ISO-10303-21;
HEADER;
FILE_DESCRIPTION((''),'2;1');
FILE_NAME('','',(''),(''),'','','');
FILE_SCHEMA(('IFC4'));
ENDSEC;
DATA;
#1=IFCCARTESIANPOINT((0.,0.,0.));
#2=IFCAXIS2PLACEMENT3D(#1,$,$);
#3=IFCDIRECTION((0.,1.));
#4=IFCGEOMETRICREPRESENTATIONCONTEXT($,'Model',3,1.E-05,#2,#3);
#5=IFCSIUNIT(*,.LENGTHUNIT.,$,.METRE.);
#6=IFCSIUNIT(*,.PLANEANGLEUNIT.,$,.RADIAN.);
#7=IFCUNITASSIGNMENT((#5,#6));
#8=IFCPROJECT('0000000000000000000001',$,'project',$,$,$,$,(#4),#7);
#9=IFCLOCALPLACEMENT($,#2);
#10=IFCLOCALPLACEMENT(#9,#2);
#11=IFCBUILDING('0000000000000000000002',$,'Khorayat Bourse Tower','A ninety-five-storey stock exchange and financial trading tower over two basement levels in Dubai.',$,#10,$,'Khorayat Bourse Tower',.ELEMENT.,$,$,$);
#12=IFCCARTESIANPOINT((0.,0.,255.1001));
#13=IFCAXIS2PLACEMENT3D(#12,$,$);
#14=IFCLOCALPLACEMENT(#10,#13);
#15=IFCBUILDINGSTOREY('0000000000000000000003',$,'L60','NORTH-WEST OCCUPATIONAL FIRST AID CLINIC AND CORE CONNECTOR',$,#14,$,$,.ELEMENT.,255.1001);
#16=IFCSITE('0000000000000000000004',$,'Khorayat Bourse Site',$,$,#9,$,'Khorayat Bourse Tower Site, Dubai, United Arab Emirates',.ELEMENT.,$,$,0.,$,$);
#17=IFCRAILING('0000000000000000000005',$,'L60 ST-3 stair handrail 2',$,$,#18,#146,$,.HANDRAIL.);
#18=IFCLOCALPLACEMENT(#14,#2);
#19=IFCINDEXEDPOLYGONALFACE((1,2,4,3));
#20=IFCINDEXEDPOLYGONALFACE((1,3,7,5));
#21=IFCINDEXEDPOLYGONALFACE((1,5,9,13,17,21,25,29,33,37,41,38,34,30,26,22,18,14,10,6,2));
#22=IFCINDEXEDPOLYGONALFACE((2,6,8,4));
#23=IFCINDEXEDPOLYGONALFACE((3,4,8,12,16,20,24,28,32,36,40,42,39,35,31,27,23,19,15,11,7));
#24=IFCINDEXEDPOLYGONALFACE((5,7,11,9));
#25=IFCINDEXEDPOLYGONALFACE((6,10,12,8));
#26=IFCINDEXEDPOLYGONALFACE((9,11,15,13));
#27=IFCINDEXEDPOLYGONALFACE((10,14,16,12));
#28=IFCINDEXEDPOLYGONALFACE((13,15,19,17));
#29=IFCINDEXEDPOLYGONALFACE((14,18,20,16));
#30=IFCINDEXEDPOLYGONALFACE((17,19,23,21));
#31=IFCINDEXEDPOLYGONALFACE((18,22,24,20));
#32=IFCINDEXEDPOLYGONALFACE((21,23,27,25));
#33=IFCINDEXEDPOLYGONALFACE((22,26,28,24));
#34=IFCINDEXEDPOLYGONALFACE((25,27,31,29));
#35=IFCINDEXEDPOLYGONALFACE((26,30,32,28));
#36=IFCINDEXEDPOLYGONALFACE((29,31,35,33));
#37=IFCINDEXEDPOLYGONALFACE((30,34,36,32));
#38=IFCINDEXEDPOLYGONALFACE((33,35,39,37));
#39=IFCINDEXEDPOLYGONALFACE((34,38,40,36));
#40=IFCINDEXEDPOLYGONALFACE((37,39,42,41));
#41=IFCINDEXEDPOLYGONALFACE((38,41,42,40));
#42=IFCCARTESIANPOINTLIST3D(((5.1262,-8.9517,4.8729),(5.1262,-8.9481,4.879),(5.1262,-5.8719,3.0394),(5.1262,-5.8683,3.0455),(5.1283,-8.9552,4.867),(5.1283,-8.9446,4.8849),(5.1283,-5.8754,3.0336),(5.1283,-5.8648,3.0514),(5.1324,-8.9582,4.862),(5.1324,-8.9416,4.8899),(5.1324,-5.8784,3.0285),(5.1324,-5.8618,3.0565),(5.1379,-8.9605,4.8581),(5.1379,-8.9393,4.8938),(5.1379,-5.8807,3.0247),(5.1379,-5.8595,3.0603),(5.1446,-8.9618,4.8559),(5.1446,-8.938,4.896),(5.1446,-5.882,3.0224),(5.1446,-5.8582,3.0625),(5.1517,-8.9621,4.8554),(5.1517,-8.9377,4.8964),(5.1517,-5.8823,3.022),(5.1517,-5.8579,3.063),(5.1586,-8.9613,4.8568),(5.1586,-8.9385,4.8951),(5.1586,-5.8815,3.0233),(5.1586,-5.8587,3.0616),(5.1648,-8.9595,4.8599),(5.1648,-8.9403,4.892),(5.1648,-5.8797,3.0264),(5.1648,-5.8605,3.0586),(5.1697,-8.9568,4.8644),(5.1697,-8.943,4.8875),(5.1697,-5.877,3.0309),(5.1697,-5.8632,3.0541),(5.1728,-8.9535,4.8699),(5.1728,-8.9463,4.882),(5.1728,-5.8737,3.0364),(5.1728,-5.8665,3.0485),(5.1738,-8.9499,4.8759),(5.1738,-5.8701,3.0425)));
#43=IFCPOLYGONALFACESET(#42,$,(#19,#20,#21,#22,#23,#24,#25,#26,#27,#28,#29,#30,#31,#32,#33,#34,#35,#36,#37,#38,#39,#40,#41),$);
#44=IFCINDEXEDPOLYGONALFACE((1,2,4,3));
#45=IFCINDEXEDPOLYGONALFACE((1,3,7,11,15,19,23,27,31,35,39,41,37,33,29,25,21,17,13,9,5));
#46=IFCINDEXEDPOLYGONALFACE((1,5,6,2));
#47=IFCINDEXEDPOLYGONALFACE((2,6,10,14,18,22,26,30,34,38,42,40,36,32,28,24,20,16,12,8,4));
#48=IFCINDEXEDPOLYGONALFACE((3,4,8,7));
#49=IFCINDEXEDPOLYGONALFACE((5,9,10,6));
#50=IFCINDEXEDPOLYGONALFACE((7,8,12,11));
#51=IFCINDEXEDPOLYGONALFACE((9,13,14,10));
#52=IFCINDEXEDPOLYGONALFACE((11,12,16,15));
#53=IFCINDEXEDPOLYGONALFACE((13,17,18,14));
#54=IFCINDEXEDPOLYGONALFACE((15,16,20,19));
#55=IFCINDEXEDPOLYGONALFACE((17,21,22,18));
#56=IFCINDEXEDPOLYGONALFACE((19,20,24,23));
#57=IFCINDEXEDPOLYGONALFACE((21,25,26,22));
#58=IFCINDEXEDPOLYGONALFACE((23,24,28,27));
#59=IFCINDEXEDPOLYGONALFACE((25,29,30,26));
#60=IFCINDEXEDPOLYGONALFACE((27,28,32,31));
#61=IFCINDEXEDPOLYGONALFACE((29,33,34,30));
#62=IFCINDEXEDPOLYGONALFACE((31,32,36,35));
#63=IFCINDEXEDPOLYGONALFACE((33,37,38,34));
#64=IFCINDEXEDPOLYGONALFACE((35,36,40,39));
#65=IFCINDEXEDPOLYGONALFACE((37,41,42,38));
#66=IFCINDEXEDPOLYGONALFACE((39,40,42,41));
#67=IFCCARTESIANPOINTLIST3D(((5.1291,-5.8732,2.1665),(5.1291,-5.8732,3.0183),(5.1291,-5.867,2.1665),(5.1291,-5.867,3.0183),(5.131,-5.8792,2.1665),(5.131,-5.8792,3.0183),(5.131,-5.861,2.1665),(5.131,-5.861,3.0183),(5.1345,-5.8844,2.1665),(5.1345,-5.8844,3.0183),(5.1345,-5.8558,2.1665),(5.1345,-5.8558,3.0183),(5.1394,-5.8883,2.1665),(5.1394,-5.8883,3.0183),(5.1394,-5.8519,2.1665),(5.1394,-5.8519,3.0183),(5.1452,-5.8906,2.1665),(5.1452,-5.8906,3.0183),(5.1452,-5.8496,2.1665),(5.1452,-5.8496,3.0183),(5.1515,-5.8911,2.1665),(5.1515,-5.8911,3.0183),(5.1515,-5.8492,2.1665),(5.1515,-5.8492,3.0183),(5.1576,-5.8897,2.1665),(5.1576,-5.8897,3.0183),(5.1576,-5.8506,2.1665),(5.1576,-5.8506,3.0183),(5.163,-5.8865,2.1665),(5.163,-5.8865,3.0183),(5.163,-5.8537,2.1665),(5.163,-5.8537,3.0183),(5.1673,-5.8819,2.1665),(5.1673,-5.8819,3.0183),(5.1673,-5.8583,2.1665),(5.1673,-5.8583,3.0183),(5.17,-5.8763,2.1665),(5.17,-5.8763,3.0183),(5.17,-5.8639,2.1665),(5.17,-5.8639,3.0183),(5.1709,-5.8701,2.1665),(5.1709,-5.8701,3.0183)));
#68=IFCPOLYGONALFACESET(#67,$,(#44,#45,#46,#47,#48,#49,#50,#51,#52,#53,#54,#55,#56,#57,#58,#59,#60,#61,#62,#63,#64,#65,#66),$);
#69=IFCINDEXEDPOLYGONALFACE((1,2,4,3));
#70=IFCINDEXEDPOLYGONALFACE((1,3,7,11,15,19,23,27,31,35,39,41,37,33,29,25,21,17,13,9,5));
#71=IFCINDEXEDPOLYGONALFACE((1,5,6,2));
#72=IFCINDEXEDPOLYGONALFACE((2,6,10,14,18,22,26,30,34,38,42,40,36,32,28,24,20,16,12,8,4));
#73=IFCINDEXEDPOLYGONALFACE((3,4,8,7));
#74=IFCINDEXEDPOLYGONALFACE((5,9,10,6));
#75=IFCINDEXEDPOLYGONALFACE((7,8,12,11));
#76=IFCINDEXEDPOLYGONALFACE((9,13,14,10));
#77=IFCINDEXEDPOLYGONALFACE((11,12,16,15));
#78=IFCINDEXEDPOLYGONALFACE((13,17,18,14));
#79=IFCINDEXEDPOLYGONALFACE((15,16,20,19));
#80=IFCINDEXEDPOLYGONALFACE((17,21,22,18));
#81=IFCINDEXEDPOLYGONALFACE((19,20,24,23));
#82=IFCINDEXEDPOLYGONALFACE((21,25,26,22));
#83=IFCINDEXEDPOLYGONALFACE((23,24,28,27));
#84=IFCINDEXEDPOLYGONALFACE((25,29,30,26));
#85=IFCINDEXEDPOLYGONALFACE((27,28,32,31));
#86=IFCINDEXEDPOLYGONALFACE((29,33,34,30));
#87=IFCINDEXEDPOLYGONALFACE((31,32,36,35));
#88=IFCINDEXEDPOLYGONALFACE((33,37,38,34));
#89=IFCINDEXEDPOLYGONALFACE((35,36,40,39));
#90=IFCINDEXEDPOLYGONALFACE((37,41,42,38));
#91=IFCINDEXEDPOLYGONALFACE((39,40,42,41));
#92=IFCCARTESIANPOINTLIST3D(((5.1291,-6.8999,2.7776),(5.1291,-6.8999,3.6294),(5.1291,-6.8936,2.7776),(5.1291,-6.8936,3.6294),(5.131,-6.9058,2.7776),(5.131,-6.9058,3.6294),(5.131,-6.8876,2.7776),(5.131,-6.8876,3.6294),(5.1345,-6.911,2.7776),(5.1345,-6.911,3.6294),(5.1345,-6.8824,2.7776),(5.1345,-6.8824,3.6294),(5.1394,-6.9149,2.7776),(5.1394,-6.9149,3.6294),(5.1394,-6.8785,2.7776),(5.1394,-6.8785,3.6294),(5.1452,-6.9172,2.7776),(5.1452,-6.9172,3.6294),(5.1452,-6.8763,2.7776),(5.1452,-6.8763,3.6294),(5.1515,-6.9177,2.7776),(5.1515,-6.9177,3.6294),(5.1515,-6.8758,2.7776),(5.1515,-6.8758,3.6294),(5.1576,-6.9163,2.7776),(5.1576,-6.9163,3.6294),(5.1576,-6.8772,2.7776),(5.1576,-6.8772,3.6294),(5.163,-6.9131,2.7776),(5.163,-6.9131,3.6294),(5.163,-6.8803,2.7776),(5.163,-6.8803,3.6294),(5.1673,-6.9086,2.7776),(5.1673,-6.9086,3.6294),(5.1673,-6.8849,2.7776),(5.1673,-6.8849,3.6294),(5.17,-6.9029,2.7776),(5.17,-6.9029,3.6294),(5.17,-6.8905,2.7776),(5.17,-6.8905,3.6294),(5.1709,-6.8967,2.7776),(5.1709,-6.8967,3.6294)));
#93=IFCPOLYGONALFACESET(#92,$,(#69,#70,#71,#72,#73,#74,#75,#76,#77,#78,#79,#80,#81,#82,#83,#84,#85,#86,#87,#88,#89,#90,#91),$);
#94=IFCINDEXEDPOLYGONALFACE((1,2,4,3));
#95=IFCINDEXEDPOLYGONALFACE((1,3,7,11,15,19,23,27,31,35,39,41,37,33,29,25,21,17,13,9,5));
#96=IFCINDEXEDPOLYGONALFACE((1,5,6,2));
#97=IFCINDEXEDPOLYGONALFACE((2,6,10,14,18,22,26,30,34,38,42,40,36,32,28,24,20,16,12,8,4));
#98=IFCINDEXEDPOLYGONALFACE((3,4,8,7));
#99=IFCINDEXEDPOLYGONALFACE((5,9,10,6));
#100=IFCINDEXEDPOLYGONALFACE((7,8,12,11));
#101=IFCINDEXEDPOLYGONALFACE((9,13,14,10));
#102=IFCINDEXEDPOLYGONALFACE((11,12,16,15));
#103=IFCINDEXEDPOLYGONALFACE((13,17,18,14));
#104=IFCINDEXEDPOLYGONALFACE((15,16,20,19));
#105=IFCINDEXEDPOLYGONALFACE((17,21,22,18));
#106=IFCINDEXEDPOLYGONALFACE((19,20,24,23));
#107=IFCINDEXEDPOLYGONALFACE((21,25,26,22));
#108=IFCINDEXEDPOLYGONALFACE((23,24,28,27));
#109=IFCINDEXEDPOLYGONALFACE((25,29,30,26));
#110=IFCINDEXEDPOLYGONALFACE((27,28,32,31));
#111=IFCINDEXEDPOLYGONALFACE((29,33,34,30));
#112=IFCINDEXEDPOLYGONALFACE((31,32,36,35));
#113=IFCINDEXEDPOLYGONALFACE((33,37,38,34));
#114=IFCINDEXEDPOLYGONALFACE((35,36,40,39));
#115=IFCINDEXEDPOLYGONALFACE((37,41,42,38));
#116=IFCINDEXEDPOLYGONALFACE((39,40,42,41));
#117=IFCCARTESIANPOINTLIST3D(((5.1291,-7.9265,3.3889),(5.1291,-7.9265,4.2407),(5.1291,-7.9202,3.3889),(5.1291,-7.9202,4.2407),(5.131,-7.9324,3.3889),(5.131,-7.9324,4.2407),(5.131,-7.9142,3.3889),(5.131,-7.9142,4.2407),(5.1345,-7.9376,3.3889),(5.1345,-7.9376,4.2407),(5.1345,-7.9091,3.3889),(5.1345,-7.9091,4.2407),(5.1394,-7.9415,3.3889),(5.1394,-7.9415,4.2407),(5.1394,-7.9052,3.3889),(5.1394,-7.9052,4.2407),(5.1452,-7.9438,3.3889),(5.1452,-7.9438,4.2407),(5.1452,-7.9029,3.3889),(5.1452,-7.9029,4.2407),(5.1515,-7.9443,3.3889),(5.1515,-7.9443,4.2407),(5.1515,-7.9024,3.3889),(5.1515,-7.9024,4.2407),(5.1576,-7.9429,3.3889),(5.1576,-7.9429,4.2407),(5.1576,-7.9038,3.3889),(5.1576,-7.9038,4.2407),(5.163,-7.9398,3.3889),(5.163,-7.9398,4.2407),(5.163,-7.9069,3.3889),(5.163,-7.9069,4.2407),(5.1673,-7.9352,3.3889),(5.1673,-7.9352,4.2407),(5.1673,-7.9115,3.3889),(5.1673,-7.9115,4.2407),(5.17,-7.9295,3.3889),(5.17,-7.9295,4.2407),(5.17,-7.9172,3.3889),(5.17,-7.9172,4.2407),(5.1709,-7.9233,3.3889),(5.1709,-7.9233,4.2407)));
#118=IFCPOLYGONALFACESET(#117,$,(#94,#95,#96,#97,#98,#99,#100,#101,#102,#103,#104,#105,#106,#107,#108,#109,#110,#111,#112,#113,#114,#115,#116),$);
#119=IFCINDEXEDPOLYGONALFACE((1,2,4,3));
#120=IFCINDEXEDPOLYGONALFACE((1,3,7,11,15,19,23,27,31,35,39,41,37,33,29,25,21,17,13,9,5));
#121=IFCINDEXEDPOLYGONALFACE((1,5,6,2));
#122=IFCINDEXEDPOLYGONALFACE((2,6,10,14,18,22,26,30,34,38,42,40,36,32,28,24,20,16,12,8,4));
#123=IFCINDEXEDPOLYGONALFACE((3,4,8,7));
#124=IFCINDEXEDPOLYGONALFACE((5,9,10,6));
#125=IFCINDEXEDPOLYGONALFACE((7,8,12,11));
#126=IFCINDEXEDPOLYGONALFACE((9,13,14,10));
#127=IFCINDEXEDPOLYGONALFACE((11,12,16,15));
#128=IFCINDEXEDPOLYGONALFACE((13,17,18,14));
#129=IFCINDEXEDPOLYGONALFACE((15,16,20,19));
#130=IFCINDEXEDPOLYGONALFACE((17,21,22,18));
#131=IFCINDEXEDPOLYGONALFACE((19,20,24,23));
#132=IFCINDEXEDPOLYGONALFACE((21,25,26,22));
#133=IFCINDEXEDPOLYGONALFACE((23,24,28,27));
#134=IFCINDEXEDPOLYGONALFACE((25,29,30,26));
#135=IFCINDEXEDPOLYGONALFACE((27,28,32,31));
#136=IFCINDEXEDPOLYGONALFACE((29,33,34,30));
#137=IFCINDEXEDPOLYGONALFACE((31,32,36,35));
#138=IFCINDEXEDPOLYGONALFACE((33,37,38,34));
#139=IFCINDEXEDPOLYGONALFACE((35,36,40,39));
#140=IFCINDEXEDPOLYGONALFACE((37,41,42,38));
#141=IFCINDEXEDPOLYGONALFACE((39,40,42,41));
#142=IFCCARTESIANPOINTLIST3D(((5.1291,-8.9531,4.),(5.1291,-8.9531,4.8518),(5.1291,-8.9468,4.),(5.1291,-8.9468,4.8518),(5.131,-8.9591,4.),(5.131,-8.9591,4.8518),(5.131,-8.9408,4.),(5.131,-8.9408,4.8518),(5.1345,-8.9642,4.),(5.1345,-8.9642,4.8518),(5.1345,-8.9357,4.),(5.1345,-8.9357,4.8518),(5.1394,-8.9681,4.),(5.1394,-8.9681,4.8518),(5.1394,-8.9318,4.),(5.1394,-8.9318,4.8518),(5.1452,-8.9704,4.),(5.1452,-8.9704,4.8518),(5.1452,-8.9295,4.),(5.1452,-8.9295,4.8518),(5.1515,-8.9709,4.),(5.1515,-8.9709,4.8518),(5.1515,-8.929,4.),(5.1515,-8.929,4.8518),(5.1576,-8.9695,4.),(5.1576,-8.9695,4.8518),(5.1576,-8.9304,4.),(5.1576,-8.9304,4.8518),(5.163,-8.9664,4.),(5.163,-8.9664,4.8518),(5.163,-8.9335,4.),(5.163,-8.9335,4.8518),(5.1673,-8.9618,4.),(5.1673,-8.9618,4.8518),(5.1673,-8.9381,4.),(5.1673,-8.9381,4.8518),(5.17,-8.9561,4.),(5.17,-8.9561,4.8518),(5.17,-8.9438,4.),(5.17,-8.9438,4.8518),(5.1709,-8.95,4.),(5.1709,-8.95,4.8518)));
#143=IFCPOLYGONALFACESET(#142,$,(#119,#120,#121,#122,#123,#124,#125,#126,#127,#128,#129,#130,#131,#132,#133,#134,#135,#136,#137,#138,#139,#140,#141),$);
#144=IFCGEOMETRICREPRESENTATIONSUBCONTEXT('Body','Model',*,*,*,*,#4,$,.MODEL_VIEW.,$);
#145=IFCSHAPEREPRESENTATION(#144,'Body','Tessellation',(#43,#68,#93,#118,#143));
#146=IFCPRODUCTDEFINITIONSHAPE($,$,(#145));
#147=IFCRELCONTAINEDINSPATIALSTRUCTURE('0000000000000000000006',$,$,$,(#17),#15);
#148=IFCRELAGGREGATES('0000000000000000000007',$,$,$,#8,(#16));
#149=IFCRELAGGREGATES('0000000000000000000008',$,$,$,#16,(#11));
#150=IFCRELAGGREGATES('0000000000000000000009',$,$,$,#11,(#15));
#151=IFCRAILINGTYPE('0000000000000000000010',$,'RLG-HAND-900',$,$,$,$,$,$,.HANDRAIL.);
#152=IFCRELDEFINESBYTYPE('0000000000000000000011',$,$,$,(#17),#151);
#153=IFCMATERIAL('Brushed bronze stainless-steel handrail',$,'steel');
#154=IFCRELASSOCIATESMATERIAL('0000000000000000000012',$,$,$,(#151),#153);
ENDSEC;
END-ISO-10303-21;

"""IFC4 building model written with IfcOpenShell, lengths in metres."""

from ifc_helpers import new_model, si_unit, direction, frame, origin, origin_2d, place, context, subcontext, project, spatial, circle, extrude, source, transform, mapped, material, type_object, element, save


model = new_model("IFC4")

# Units and contexts
model_context = context("Model", 3, precision=1e-05, world=origin(), true_north=direction((0.0, 1.0)))
body_context = subcontext(model_context, "Body", "Model", "MODEL_VIEW")
ifc_project = project(units=[si_unit("LENGTHUNIT", "METRE"), si_unit("PLANEANGLEUNIT", "RADIAN")], contexts=[model_context])

# Site, building, storey
site_placement = place(None, origin())
site = spatial("IfcSite", under=ifc_project, at=site_placement, Name="Khorayat Bourse Site", LongName="Khorayat Bourse Tower Site, Dubai, United Arab Emirates", CompositionType="ELEMENT", RefElevation=0.0)
building_placement = place(site_placement, origin())
building = spatial("IfcBuilding", under=site, at=building_placement, Name="Khorayat Bourse Tower", Description="A ninety-five-storey stock exchange and financial trading tower over two basement levels in Dubai.", LongName="Khorayat Bourse Tower", CompositionType="ELEMENT")
storey_placement = place(building_placement, frame((0.0, 0.0, 255.1001)))
storey = spatial("IfcBuildingStorey", under=building, at=storey_placement, Name="L60", Description="NORTH-WEST OCCUPATIONAL FIRST AID CLINIC AND CORE CONNECTOR", CompositionType="ELEMENT", Elevation=255.1001)

# Railing
ifc_material_1 = material(Name="Brushed bronze stainless-steel handrail", Category="steel")
railing_type_1 = type_object("IfcRailingType", Name="RLG-HAND-900", PredefinedType="HANDRAIL", material=ifc_material_1)
shared_shape_1 = source(origin(), body_context, "Body", "SweptSolid", [
    extrude(circle(Radius=0.0239, at=origin_2d()), frame((0.0, 0.0, 0.876), z_axis=(0.0, -0.859261, 0.511538), x_axis=(1.0, 0.0, 0.0)), (0.0, 0.0, 1.0), 3.5842),
    extrude(circle(Radius=0.021, at=origin_2d()), origin(), (0.0, 0.0, 1.0), 0.8518),
    extrude(circle(Radius=0.021, at=origin_2d()), frame((0.0, -1.0266, 0.6111)), (0.0, 0.0, 1.0), 0.8518),
    extrude(circle(Radius=0.021, at=origin_2d()), frame((0.0, -2.0532, 1.2224)), (0.0, 0.0, 1.0), 0.8518),
    extrude(circle(Radius=0.021, at=origin_2d()), frame((0.0, -3.0798, 1.8335)), (0.0, 0.0, 1.0), 0.8518),
])
railing_1_placement = place(storey_placement, frame((5.1499, -5.8701, 2.1665)))
element("IfcRailing", 1, at=railing_1_placement, inside=storey, type_object=railing_type_1, Name="L60 ST-3 stair handrail 2", PredefinedType="HANDRAIL", context=body_context, shape_type="MappedRepresentation", body=[
    mapped(shared_shape_1, transform((0.0, 0.0, 0.0), scale=1.0)),
])

save(model, "model.ifc")
